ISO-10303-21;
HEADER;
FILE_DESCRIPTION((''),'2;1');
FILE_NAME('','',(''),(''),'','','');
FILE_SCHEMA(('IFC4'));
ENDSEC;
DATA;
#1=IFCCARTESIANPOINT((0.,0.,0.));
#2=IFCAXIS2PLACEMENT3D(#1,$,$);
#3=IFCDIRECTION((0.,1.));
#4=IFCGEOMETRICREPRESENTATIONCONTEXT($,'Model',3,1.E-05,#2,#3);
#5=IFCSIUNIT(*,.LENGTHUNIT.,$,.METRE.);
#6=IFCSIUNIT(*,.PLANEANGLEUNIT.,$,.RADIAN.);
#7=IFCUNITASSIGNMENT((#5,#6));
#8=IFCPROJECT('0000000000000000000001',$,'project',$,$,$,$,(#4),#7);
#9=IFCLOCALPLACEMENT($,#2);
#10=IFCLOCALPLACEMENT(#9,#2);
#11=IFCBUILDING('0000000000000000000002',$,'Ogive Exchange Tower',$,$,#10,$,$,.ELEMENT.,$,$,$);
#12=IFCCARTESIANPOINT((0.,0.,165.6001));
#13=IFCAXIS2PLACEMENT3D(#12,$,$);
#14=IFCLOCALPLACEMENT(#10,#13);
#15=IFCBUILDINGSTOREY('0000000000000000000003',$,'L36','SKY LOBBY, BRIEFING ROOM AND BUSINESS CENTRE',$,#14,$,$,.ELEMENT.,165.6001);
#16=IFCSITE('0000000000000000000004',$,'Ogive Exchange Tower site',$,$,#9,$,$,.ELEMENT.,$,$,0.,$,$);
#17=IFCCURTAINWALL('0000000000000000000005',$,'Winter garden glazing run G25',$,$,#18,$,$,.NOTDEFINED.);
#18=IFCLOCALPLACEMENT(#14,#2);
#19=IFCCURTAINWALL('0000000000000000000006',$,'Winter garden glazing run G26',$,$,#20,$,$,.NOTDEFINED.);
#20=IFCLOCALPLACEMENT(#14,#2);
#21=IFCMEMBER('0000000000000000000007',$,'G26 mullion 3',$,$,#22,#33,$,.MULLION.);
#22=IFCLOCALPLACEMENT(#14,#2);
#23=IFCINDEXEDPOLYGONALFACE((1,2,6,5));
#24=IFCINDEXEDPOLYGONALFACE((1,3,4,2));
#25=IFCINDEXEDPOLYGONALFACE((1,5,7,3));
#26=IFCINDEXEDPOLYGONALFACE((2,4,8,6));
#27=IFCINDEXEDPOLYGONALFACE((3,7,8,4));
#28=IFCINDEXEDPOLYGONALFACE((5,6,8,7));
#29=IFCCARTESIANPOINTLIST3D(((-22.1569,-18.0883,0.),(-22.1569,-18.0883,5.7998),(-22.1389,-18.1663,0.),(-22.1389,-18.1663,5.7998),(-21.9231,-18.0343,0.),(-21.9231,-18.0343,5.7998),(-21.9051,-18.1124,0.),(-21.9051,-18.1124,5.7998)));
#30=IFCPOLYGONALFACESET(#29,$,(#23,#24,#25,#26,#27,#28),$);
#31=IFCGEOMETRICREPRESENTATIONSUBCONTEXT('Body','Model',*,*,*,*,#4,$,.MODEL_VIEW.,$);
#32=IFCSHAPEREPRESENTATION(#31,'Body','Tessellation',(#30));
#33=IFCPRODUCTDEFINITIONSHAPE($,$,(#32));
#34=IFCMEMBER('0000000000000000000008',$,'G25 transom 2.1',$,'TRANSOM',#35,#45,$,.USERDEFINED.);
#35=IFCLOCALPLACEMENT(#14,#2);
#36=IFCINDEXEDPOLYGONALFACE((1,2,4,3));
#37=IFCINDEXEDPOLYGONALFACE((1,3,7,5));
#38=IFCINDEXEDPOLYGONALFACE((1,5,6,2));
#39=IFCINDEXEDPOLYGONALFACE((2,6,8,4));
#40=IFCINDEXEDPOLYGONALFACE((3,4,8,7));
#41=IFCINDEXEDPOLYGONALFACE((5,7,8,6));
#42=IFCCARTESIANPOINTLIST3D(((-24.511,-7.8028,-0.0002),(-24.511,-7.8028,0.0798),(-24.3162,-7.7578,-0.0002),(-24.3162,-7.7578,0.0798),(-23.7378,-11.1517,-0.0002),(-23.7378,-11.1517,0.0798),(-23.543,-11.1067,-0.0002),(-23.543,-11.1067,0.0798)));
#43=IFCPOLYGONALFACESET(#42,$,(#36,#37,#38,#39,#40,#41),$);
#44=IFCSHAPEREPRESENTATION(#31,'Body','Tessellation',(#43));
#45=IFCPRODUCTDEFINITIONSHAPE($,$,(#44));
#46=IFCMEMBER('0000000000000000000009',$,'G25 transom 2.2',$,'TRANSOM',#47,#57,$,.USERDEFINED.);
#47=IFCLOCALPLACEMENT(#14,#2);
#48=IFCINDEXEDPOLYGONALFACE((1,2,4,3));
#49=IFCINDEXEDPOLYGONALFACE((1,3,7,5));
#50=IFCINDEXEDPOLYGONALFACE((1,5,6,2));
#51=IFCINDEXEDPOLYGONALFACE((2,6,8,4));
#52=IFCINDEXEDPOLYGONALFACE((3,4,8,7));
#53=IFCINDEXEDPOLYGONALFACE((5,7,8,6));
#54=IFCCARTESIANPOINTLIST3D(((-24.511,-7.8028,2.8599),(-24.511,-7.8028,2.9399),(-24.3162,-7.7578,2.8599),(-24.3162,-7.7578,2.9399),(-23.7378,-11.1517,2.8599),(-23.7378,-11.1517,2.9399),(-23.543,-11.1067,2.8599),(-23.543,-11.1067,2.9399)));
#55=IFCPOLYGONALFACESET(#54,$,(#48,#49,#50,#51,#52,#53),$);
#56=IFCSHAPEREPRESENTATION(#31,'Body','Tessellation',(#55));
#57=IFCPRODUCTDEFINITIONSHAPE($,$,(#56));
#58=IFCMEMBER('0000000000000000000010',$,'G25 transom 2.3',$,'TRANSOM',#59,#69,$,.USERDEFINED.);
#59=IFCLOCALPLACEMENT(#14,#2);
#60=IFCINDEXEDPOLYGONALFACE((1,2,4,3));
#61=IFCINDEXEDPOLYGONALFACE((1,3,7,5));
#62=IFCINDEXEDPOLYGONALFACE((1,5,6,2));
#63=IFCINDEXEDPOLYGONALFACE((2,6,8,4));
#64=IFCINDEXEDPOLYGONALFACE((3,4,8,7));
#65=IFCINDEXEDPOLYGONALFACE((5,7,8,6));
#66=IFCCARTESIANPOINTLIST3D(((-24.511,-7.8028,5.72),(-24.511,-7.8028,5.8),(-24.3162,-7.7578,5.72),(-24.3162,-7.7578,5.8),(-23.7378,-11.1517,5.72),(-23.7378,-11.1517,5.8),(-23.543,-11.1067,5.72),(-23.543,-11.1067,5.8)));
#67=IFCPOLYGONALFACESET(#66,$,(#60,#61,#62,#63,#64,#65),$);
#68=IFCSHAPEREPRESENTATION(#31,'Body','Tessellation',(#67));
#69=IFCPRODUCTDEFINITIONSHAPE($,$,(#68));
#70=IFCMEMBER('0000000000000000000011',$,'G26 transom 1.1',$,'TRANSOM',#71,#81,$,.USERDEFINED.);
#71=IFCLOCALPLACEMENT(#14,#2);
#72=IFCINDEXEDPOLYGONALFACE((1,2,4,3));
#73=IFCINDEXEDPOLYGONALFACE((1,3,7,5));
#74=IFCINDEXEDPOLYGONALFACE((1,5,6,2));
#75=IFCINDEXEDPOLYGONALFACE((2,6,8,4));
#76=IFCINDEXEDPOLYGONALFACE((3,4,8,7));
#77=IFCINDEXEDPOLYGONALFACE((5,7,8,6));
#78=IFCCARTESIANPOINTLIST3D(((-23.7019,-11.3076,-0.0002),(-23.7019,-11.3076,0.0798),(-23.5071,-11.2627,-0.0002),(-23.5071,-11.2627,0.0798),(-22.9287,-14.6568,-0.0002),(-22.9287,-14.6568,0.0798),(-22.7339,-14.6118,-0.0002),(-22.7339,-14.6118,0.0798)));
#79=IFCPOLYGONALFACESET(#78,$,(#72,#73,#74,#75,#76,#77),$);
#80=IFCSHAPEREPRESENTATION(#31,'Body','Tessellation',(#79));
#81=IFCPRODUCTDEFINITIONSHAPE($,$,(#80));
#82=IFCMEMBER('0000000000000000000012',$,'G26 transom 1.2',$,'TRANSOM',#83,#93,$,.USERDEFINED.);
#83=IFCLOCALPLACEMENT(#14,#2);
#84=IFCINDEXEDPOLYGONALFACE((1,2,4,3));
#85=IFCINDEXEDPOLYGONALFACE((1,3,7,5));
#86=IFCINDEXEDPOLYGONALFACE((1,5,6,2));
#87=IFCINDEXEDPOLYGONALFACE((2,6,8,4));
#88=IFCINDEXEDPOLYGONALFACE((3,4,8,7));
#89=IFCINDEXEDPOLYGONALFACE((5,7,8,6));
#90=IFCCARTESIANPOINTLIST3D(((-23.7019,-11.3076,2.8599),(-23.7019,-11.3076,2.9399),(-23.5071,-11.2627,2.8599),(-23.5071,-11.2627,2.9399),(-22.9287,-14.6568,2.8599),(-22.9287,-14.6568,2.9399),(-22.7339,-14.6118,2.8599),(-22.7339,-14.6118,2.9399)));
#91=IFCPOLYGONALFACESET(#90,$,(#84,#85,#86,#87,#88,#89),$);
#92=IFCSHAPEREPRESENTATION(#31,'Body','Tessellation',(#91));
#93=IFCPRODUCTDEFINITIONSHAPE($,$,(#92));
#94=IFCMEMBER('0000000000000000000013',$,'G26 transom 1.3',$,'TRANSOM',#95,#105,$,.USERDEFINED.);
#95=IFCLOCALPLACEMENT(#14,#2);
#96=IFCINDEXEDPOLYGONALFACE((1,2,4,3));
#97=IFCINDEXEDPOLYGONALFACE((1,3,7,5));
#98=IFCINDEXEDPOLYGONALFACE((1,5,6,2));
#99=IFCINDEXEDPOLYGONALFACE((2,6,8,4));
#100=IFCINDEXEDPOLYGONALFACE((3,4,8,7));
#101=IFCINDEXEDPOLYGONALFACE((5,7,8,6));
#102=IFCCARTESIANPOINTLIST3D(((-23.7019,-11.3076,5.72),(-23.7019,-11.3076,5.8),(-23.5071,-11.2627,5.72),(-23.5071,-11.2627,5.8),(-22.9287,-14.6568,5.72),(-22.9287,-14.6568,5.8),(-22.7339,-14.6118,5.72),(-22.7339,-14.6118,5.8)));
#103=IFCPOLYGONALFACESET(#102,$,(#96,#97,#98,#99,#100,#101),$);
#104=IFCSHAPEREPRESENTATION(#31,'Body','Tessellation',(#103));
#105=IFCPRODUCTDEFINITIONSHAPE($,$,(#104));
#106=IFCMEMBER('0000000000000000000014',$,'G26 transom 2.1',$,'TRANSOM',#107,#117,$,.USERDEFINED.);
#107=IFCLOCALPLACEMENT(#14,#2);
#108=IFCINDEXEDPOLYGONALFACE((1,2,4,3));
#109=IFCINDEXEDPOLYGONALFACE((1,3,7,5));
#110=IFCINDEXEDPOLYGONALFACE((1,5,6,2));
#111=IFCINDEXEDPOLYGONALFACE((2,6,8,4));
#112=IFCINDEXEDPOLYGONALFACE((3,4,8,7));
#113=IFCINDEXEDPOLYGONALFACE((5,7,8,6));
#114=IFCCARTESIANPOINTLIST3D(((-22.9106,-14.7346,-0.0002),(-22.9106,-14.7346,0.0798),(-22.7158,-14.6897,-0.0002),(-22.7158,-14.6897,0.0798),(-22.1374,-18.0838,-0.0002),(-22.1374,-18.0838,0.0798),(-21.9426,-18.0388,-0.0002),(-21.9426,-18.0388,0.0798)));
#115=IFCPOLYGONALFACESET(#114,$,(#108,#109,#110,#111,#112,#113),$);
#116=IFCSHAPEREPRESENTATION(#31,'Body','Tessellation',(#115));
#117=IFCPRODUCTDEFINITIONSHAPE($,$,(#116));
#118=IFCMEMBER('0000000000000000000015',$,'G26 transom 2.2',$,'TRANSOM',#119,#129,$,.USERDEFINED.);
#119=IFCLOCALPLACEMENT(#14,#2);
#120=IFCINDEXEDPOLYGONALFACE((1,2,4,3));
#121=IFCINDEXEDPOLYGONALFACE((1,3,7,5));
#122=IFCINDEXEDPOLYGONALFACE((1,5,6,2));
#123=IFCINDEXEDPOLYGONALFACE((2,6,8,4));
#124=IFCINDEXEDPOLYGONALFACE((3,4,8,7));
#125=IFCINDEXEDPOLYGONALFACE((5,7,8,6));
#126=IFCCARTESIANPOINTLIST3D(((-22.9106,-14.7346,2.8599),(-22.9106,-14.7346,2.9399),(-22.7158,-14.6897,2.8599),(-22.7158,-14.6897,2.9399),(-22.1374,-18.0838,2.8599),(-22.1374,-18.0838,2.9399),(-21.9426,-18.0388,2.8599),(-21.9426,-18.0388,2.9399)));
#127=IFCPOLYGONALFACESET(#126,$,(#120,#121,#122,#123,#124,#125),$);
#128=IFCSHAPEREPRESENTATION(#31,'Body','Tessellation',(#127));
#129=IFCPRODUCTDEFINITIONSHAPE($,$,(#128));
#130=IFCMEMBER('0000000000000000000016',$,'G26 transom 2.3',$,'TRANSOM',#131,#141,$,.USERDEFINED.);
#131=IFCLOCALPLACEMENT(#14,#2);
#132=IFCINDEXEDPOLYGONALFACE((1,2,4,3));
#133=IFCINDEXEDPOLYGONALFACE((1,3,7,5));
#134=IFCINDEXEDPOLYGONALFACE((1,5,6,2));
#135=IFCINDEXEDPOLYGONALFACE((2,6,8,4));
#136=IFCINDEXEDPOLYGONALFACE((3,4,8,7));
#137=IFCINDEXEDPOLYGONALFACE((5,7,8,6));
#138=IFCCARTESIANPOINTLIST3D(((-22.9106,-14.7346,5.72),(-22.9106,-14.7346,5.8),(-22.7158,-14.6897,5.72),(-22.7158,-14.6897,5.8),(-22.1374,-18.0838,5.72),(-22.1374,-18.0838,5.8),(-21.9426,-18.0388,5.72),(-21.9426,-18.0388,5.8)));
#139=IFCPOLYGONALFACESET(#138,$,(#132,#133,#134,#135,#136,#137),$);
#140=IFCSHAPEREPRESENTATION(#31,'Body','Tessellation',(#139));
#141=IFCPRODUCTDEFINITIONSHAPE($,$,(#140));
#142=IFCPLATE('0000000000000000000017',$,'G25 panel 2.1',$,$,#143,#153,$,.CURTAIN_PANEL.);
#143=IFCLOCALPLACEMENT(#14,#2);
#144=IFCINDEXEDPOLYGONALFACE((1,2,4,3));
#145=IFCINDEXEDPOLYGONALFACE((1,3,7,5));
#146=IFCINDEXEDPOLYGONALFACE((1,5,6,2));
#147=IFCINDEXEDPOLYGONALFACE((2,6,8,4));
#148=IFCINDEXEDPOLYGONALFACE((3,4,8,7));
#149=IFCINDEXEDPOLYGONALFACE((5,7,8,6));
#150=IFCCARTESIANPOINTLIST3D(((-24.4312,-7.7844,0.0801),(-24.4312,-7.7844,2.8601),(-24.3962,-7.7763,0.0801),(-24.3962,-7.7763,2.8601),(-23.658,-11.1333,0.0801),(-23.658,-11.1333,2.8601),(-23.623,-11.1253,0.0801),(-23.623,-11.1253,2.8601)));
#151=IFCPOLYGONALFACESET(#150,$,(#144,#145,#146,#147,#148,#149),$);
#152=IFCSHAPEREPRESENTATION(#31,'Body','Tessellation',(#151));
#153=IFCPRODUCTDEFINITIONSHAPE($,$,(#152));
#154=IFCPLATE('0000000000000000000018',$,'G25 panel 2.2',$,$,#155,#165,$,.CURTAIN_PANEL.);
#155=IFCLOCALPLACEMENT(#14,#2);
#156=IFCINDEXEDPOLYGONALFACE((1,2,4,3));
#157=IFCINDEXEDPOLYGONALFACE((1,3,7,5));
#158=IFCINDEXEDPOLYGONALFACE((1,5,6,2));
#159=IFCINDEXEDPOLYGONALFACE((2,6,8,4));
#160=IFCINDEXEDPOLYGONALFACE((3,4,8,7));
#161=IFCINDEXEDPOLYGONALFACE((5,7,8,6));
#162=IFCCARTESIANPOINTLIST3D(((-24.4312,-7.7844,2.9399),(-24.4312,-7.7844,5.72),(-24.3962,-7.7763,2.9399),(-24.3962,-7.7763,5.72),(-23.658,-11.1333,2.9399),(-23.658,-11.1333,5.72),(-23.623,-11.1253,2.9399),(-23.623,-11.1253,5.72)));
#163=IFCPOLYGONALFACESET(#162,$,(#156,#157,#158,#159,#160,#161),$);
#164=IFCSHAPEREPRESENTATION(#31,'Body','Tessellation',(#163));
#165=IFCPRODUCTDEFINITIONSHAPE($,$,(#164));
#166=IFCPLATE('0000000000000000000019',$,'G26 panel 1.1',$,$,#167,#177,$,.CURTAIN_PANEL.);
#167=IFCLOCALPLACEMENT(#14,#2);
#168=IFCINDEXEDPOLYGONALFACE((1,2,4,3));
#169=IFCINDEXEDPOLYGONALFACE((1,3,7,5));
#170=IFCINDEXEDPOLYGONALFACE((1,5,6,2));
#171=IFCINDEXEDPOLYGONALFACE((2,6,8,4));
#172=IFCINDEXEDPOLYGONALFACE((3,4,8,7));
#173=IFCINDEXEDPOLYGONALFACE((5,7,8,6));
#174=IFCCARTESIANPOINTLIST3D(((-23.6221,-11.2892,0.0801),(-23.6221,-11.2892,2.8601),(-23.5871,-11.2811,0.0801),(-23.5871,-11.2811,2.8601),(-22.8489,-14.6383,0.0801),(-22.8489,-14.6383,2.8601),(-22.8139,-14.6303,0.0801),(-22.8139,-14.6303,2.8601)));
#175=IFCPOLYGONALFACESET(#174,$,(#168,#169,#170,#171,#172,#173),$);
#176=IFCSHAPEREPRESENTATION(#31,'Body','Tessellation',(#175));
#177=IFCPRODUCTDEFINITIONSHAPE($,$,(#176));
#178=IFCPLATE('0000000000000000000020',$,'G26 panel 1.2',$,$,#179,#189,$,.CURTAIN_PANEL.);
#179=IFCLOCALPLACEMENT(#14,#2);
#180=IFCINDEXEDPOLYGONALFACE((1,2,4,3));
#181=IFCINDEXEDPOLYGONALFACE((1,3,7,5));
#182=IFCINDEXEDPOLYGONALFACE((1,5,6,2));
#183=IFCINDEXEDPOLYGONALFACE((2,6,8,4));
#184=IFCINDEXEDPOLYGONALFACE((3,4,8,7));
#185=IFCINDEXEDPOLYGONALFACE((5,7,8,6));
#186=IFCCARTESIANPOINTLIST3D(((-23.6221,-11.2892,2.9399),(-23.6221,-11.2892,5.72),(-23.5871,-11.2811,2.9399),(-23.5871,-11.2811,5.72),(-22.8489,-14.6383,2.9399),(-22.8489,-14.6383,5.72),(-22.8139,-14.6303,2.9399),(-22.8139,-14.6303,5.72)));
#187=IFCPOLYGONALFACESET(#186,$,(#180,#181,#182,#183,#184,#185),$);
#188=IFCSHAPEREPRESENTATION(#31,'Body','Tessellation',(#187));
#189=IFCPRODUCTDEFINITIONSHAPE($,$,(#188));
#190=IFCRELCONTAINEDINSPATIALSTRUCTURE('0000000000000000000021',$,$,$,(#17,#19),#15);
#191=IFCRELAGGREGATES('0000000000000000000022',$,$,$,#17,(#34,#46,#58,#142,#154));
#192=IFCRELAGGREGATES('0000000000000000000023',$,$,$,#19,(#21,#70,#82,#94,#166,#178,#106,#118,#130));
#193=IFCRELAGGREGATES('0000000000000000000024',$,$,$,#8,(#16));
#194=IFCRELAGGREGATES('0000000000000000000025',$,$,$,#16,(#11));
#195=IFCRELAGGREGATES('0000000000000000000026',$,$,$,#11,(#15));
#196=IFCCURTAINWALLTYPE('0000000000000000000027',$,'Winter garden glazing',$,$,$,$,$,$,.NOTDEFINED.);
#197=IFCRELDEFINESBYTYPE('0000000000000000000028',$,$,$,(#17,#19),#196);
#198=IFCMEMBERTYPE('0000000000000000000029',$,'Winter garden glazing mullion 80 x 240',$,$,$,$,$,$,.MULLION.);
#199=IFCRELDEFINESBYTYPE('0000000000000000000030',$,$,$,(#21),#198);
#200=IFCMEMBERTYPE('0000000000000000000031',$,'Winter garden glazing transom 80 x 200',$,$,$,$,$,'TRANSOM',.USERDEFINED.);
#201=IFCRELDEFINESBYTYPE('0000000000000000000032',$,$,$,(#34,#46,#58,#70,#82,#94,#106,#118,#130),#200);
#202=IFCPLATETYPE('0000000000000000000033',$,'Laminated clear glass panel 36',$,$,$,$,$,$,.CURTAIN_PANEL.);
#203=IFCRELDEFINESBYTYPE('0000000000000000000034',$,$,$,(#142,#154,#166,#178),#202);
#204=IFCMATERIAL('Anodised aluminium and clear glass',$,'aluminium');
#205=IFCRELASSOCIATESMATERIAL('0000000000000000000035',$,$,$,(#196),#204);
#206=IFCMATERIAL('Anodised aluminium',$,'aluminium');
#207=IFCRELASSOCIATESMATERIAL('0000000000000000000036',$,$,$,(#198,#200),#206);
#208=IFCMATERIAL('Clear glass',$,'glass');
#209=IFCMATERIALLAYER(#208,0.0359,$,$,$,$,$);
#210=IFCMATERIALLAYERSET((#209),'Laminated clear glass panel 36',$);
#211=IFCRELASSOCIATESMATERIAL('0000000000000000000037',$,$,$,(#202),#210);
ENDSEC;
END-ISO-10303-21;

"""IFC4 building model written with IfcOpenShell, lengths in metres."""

from ifc_helpers import new_model, si_unit, direction, frame, origin, origin_2d, place, context, subcontext, project, spatial, rectangle, extrude, material, layer, layer_set, material_profile, profile_set, type_object, element, aggregate, save


model = new_model("IFC4")

# Units and contexts
model_context = context("Model", 3, precision=1e-05, world=origin(), true_north=direction((0.0, 1.0)))
body_context = subcontext(model_context, "Body", "Model", "MODEL_VIEW")
ifc_project = project(units=[si_unit("LENGTHUNIT", "METRE"), si_unit("PLANEANGLEUNIT", "RADIAN")], contexts=[model_context])

# Site, building, storey
site_placement = place(None, origin())
site = spatial("IfcSite", under=ifc_project, at=site_placement, Name="Ogive Exchange Tower site", CompositionType="ELEMENT", RefElevation=0.0)
building_placement = place(site_placement, origin())
building = spatial("IfcBuilding", under=site, at=building_placement, Name="Ogive Exchange Tower", CompositionType="ELEMENT")
storey_placement = place(building_placement, frame((0.0, 0.0, 165.6001)))
storey = spatial("IfcBuildingStorey", under=building, at=storey_placement, Name="L36", Description="SKY LOBBY, BRIEFING ROOM AND BUSINESS CENTRE", CompositionType="ELEMENT", Elevation=165.6001)

# Curtain walls, member
ifc_material_1 = material(Name="Anodised aluminium and clear glass", Category="aluminium")
curtain_wall_type = type_object("IfcCurtainWallType", Name="Winter garden glazing", PredefinedType="NOTDEFINED", material=ifc_material_1)
curtain_wall_1_placement = place(storey_placement, origin())
curtain_wall_1 = element("IfcCurtainWall", 1, at=curtain_wall_1_placement, inside=storey, type_object=curtain_wall_type, Name="Winter garden glazing run G25", PredefinedType="NOTDEFINED")
ifc_material_2 = material(Name="Anodised aluminium", Category="aluminium")
ifc_material_profile_1 = material_profile(ifc_material_2, rectangle(XDim=0.24, YDim=0.0801, at=origin_2d()), Name="AL 80x240")
ifc_profile_set_1 = profile_set([ifc_material_profile_1], Name="Anodised aluminium")
member_type_1 = type_object("IfcMemberType", Name="Winter garden glazing mullion 80 x 240", PredefinedType="MULLION", material=ifc_profile_set_1)
curtain_wall_2_placement = place(storey_placement, origin())
curtain_wall_2 = element("IfcCurtainWall", 2, at=curtain_wall_2_placement, inside=storey, type_object=curtain_wall_type, Name="Winter garden glazing run G26", PredefinedType="NOTDEFINED")
member_1_placement = place(storey_placement, frame((-22.031, -18.1003, 0.0), z_axis=(0.0, 0.0, 1.0), x_axis=(0.974369, 0.224954, 0.0)))
member_1 = element("IfcMember", 3, at=member_1_placement, type_object=member_type_1, Name="G26 mullion 3", PredefinedType="MULLION", context=body_context, shape_type="SweptSolid", body=[
    extrude(rectangle(XDim=0.24, YDim=0.0801, at=origin_2d()), origin(), (0.0, 0.0, 1.0), 5.7998),
])

# Members
ifc_material_profile_2 = material_profile(ifc_material_2, rectangle(XDim=0.2, YDim=0.0801, at=origin_2d()), Name="AL 80x200")
ifc_profile_set_2 = profile_set([ifc_material_profile_2], Name="Anodised aluminium")
member_type_2 = type_object("IfcMemberType", Name="Winter garden glazing transom 80 x 200", ElementType="TRANSOM", PredefinedType="USERDEFINED", material=ifc_profile_set_2)
member_2_placement = place(storey_placement, frame((-24.4136, -7.7803, 0.0398), z_axis=(0.224963, -0.974367, 0.0), x_axis=(0.974367, 0.224963, 0.0)))
member_2 = element("IfcMember", 4, at=member_2_placement, type_object=member_type_2, Name="G25 transom 2.1", ObjectType="TRANSOM", PredefinedType="USERDEFINED", context=body_context, shape_type="SweptSolid", body=[
    extrude(rectangle(XDim=0.2, YDim=0.0801, at=origin_2d()), origin(), (0.0, 0.0, 1.0), 3.437),
])
member_3_placement = place(storey_placement, frame((-24.4136, -7.7803, 2.8999), z_axis=(0.224963, -0.974367, 0.0), x_axis=(0.974367, 0.224963, 0.0)))
member_3 = element("IfcMember", 5, at=member_3_placement, type_object=member_type_2, Name="G25 transom 2.2", ObjectType="TRANSOM", PredefinedType="USERDEFINED", context=body_context, shape_type="SweptSolid", body=[
    extrude(rectangle(XDim=0.2, YDim=0.0801, at=origin_2d()), origin(), (0.0, 0.0, 1.0), 3.437),
])
member_4_placement = place(storey_placement, frame((-24.4136, -7.7803, 5.76), z_axis=(0.224963, -0.974367, 0.0), x_axis=(0.974367, 0.224963, 0.0)))
member_4 = element("IfcMember", 6, at=member_4_placement, type_object=member_type_2, Name="G25 transom 2.3", ObjectType="TRANSOM", PredefinedType="USERDEFINED", context=body_context, shape_type="SweptSolid", body=[
    extrude(rectangle(XDim=0.2, YDim=0.0801, at=origin_2d()), origin(), (0.0, 0.0, 1.0), 3.437),
])
member_5_placement = place(storey_placement, frame((-23.6045, -11.2852, 0.0398), z_axis=(0.224948, -0.974371, 0.0), x_axis=(0.974371, 0.224948, 0.0)))
member_5 = element("IfcMember", 7, at=member_5_placement, type_object=member_type_2, Name="G26 transom 1.1", ObjectType="TRANSOM", PredefinedType="USERDEFINED", context=body_context, shape_type="SweptSolid", body=[
    extrude(rectangle(XDim=0.2, YDim=0.0801, at=origin_2d()), origin(), (0.0, 0.0, 1.0), 3.4373),
])
member_6_placement = place(storey_placement, frame((-23.6045, -11.2852, 2.8999), z_axis=(0.224948, -0.974371, 0.0), x_axis=(0.974371, 0.224948, 0.0)))
member_6 = element("IfcMember", 8, at=member_6_placement, type_object=member_type_2, Name="G26 transom 1.2", ObjectType="TRANSOM", PredefinedType="USERDEFINED", context=body_context, shape_type="SweptSolid", body=[
    extrude(rectangle(XDim=0.2, YDim=0.0801, at=origin_2d()), origin(), (0.0, 0.0, 1.0), 3.4373),
])
member_7_placement = place(storey_placement, frame((-23.6045, -11.2852, 5.76), z_axis=(0.224948, -0.974371, 0.0), x_axis=(0.974371, 0.224948, 0.0)))
member_7 = element("IfcMember", 9, at=member_7_placement, type_object=member_type_2, Name="G26 transom 1.3", ObjectType="TRANSOM", PredefinedType="USERDEFINED", context=body_context, shape_type="SweptSolid", body=[
    extrude(rectangle(XDim=0.2, YDim=0.0801, at=origin_2d()), origin(), (0.0, 0.0, 1.0), 3.4373),
])
member_8_placement = place(storey_placement, frame((-22.8132, -14.7122, 0.0398), z_axis=(0.224948, -0.974371, 0.0), x_axis=(0.974371, 0.224948, 0.0)))
member_8 = element("IfcMember", 10, at=member_8_placement, type_object=member_type_2, Name="G26 transom 2.1", ObjectType="TRANSOM", PredefinedType="USERDEFINED", context=body_context, shape_type="SweptSolid", body=[
    extrude(rectangle(XDim=0.2, YDim=0.0801, at=origin_2d()), origin(), (0.0, 0.0, 1.0), 3.4373),
])
member_9_placement = place(storey_placement, frame((-22.8132, -14.7122, 2.8999), z_axis=(0.224948, -0.974371, 0.0), x_axis=(0.974371, 0.224948, 0.0)))
member_9 = element("IfcMember", 11, at=member_9_placement, type_object=member_type_2, Name="G26 transom 2.2", ObjectType="TRANSOM", PredefinedType="USERDEFINED", context=body_context, shape_type="SweptSolid", body=[
    extrude(rectangle(XDim=0.2, YDim=0.0801, at=origin_2d()), origin(), (0.0, 0.0, 1.0), 3.4373),
])
member_10_placement = place(storey_placement, frame((-22.8132, -14.7122, 5.76), z_axis=(0.224948, -0.974371, 0.0), x_axis=(0.974371, 0.224948, 0.0)))
member_10 = element("IfcMember", 12, at=member_10_placement, type_object=member_type_2, Name="G26 transom 2.3", ObjectType="TRANSOM", PredefinedType="USERDEFINED", context=body_context, shape_type="SweptSolid", body=[
    extrude(rectangle(XDim=0.2, YDim=0.0801, at=origin_2d()), origin(), (0.0, 0.0, 1.0), 3.4373),
])

# Plates
ifc_material_3 = material(Name="Clear glass", Category="glass")
ifc_layer_1 = layer(ifc_material_3, 0.0359)
ifc_layer_set_1 = layer_set([ifc_layer_1], Name="Laminated clear glass panel 36")
plate_type = type_object("IfcPlateType", Name="Laminated clear glass panel 36", PredefinedType="CURTAIN_PANEL", material=ifc_layer_set_1)
plate_1_placement = place(storey_placement, frame((-24.0271, -9.4548, 0.0801), z_axis=(0.0, 0.0, 1.0), x_axis=(0.224944, -0.974372, 0.0)))
plate_1 = element("IfcPlate", 13, at=plate_1_placement, type_object=plate_type, Name="G25 panel 2.1", PredefinedType="CURTAIN_PANEL", context=body_context, shape_type="SweptSolid", body=[
    extrude(rectangle(XDim=3.437, YDim=0.0359, at=origin_2d()), origin(), (0.0, 0.0, 1.0), 2.78),
])
plate_2_placement = place(storey_placement, frame((-24.0271, -9.4548, 2.9399), z_axis=(0.0, 0.0, 1.0), x_axis=(0.224944, -0.974372, 0.0)))
plate_2 = element("IfcPlate", 14, at=plate_2_placement, type_object=plate_type, Name="G25 panel 2.2", PredefinedType="CURTAIN_PANEL", context=body_context, shape_type="SweptSolid", body=[
    extrude(rectangle(XDim=3.437, YDim=0.0359, at=origin_2d()), origin(), (0.0, 0.0, 1.0), 2.78),
])
aggregate(curtain_wall_1, [member_2, member_3, member_4, plate_1, plate_2])
plate_3_placement = place(storey_placement, frame((-23.218, -12.9597, 0.0801), z_axis=(0.0, 0.0, 1.0), x_axis=(0.224954, -0.974369, 0.0)))
plate_3 = element("IfcPlate", 15, at=plate_3_placement, type_object=plate_type, Name="G26 panel 1.1", PredefinedType="CURTAIN_PANEL", context=body_context, shape_type="SweptSolid", body=[
    extrude(rectangle(XDim=3.4373, YDim=0.0359, at=origin_2d()), origin(), (0.0, 0.0, 1.0), 2.78),
])
plate_4_placement = place(storey_placement, frame((-23.218, -12.9597, 2.9399), z_axis=(0.0, 0.0, 1.0), x_axis=(0.224954, -0.974369, 0.0)))
plate_4 = element("IfcPlate", 16, at=plate_4_placement, type_object=plate_type, Name="G26 panel 1.2", PredefinedType="CURTAIN_PANEL", context=body_context, shape_type="SweptSolid", body=[
    extrude(rectangle(XDim=3.4373, YDim=0.0359, at=origin_2d()), origin(), (0.0, 0.0, 1.0), 2.78),
])
aggregate(curtain_wall_2, [member_1, member_5, member_6, member_7, plate_3, plate_4, member_8, member_9, member_10])

save(model, "model.ifc")
